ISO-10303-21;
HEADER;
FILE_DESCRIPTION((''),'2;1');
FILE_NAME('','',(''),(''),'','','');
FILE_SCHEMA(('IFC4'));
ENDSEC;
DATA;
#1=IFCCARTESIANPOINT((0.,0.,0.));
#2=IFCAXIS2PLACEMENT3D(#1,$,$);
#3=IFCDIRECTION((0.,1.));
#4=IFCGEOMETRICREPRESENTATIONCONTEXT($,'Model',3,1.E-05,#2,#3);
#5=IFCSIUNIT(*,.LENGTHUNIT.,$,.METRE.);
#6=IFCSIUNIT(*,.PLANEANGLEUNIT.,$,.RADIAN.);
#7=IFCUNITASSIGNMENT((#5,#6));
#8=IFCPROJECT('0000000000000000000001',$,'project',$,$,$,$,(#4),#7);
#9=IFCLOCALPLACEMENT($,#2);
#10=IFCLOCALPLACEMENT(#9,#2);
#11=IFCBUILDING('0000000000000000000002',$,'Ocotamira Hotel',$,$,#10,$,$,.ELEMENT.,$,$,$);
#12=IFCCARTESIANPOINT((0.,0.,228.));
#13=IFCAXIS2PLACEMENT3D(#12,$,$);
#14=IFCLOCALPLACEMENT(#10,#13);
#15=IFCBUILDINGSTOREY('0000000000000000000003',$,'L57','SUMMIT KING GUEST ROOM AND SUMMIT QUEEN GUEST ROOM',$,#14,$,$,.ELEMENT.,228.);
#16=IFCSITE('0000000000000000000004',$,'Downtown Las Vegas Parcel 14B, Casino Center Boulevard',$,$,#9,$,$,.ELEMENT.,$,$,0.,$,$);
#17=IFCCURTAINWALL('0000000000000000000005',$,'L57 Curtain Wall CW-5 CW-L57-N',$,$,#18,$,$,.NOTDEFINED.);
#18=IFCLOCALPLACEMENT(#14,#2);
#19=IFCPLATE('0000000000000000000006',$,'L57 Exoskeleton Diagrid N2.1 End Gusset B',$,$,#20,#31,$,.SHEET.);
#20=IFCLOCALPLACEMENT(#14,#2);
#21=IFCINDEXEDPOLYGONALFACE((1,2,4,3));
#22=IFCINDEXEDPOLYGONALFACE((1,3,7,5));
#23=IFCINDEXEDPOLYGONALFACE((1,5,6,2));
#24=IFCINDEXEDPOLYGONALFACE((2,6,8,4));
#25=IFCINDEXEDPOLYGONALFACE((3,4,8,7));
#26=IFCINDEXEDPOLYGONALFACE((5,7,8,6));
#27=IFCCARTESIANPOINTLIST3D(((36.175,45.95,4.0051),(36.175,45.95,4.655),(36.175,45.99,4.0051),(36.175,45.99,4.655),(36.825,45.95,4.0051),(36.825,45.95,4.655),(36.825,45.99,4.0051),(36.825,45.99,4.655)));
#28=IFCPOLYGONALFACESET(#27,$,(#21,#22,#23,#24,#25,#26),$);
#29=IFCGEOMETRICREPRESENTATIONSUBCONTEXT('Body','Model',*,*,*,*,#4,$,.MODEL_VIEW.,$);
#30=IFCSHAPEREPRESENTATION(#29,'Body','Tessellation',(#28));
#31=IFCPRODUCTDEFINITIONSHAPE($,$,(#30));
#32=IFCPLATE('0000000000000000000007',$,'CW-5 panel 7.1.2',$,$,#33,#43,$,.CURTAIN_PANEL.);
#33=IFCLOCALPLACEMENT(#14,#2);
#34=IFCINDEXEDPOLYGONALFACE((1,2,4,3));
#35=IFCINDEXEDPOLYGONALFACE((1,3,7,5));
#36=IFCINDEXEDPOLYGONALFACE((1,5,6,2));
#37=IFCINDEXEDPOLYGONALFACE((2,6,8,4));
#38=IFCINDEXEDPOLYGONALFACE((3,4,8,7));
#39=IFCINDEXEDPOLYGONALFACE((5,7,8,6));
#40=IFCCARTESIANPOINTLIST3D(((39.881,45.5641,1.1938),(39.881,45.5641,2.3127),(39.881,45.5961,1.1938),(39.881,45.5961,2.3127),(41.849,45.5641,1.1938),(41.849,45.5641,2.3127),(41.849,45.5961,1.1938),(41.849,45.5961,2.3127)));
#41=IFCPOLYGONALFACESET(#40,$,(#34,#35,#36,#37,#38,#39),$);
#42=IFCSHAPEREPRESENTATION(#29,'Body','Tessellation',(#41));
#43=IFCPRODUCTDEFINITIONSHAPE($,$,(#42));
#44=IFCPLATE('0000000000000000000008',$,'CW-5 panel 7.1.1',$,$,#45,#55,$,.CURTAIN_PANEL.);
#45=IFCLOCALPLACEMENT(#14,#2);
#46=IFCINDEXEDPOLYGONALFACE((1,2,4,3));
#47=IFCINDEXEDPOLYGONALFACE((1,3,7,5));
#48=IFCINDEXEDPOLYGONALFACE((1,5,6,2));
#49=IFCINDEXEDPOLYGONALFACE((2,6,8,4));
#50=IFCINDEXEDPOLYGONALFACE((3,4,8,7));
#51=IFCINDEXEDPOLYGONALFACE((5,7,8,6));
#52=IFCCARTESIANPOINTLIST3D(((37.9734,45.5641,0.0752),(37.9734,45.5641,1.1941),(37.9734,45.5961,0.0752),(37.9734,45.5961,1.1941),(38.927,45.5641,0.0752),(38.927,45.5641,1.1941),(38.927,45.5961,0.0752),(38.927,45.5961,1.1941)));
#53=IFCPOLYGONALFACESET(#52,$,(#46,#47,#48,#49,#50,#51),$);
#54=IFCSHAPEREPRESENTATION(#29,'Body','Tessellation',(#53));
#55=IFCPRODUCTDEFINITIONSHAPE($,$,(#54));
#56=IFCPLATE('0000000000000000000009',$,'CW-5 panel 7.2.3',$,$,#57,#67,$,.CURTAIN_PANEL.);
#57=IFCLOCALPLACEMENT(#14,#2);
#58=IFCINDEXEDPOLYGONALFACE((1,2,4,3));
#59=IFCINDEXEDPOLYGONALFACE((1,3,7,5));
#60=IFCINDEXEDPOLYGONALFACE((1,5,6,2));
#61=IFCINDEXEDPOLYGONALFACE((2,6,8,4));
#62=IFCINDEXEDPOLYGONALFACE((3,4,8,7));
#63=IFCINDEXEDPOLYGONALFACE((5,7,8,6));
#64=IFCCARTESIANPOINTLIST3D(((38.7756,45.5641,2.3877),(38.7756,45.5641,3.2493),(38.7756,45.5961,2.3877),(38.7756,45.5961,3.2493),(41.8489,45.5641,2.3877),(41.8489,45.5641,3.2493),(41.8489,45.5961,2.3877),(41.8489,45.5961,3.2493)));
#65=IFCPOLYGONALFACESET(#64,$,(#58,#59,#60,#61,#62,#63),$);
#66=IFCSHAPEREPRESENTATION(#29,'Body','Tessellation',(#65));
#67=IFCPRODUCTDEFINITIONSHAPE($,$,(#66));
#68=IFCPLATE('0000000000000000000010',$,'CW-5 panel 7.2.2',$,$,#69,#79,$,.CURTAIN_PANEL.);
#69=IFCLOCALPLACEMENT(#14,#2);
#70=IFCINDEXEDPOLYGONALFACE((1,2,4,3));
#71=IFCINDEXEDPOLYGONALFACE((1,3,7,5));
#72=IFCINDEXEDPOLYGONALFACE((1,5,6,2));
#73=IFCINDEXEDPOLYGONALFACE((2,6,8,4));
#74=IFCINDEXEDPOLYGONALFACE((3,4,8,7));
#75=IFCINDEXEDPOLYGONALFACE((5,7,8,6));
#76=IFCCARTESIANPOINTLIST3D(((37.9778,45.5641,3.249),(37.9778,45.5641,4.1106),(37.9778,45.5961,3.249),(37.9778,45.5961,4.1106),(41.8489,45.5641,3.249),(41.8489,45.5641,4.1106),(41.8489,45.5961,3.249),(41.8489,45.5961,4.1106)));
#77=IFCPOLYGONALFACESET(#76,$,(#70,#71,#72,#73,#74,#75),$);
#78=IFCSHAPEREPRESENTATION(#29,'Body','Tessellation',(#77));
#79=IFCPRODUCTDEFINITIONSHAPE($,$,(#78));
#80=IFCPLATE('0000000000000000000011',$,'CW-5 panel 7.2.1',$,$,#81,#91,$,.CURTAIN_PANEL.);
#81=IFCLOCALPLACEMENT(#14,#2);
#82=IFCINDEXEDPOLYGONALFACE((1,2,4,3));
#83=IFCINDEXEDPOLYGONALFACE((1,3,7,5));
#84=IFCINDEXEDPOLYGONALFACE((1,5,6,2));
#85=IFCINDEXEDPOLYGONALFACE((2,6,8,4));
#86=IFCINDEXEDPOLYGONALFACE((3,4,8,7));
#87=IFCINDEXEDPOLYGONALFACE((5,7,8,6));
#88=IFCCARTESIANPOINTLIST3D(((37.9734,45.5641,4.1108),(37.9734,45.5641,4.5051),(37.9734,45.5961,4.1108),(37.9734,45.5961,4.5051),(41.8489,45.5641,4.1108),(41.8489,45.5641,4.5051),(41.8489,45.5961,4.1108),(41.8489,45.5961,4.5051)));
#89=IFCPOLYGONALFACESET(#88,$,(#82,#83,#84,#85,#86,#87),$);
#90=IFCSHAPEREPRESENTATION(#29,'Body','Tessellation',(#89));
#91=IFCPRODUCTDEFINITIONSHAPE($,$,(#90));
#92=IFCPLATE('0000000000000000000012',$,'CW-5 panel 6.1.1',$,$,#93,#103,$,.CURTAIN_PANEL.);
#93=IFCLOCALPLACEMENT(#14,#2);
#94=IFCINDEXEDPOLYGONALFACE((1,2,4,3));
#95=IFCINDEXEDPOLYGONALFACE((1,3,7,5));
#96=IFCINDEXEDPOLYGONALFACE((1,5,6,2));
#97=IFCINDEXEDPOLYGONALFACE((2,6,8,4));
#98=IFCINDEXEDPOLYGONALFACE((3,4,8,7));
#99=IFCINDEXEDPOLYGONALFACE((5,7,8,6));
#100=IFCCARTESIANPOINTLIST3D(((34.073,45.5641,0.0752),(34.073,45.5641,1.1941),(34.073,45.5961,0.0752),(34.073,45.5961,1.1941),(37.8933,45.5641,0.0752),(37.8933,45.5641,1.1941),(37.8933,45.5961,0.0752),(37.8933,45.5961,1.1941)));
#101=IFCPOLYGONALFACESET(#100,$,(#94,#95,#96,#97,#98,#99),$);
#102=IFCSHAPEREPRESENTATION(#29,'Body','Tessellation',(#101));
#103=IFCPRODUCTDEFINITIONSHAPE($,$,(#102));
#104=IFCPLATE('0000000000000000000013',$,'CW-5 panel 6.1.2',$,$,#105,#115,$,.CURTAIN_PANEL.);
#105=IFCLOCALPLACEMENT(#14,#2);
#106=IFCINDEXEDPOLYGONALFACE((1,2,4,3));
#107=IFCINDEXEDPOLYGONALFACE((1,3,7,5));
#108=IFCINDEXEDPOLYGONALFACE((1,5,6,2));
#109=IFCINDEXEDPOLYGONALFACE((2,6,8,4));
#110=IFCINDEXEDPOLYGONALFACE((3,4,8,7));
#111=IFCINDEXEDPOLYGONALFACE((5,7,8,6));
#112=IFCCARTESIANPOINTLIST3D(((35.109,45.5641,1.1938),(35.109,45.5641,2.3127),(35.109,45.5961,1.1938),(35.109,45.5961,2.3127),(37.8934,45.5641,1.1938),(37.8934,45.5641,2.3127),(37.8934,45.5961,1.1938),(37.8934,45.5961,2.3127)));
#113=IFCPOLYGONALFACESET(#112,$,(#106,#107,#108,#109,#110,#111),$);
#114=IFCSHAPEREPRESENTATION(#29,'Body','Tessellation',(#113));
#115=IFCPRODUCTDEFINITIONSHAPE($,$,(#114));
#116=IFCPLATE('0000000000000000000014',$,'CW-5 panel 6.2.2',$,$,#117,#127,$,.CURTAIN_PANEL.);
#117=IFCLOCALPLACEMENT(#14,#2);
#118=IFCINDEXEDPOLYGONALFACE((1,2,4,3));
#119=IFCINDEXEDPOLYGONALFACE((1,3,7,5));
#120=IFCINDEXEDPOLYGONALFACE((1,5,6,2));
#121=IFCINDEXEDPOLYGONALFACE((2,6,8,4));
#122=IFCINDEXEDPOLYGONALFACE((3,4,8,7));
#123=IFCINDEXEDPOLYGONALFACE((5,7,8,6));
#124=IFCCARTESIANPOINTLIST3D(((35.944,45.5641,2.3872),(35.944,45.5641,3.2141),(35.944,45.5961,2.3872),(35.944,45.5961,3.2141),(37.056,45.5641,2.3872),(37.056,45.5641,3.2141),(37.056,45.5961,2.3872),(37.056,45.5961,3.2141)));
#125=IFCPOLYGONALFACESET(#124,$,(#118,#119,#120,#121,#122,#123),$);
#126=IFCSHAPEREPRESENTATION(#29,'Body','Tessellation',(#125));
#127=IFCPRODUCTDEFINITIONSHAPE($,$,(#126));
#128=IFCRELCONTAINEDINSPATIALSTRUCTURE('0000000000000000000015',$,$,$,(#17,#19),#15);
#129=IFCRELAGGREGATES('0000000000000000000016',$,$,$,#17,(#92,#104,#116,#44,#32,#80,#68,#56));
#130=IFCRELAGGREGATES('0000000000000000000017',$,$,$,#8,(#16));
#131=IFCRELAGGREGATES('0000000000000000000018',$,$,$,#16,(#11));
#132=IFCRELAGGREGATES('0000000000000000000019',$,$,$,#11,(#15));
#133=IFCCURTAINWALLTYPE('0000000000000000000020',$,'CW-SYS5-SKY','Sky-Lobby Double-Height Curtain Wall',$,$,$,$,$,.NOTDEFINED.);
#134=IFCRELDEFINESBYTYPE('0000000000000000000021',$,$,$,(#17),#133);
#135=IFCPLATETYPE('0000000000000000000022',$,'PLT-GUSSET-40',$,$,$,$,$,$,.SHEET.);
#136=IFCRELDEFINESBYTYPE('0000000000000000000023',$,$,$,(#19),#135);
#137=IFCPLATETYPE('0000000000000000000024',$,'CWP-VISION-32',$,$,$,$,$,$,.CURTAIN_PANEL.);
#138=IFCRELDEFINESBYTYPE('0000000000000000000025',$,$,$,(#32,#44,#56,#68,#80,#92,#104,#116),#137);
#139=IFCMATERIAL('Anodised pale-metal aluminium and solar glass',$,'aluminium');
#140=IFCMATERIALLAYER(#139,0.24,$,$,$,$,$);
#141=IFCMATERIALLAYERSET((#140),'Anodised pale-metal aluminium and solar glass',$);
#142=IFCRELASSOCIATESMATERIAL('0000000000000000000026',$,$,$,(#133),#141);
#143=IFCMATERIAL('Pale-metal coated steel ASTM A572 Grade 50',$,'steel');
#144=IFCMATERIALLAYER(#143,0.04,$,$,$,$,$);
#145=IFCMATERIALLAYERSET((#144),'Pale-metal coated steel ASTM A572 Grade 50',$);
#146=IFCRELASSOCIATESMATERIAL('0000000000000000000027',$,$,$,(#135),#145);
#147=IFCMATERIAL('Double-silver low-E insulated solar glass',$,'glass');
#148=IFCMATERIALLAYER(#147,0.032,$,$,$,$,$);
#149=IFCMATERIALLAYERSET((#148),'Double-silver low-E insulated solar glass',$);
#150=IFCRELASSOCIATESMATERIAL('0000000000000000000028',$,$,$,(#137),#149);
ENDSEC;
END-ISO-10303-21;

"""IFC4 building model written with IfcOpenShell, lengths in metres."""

from ifc_helpers import new_model, si_unit, direction, frame, origin, origin_2d, place, context, subcontext, project, spatial, rectangle, extrude, source, transform, mapped, material, layer, layer_set, type_object, element, aggregate, save


model = new_model("IFC4")

# Units and contexts
model_context = context("Model", 3, precision=1e-05, world=origin(), true_north=direction((0.0, 1.0)))
body_context = subcontext(model_context, "Body", "Model", "MODEL_VIEW")
ifc_project = project(units=[si_unit("LENGTHUNIT", "METRE"), si_unit("PLANEANGLEUNIT", "RADIAN")], contexts=[model_context])

# Site, building, storey
site_placement = place(None, origin())
site = spatial("IfcSite", under=ifc_project, at=site_placement, Name="Downtown Las Vegas Parcel 14B, Casino Center Boulevard", CompositionType="ELEMENT", RefElevation=0.0)
building_placement = place(site_placement, origin())
building = spatial("IfcBuilding", under=site, at=building_placement, Name="Ocotamira Hotel", CompositionType="ELEMENT")
storey_placement = place(building_placement, frame((0.0, 0.0, 228.0)))
storey = spatial("IfcBuildingStorey", under=building, at=storey_placement, Name="L57", Description="SUMMIT KING GUEST ROOM AND SUMMIT QUEEN GUEST ROOM", CompositionType="ELEMENT", Elevation=228.0)

# Curtain wall
ifc_material_1 = material(Name="Anodised pale-metal aluminium and solar glass", Category="aluminium")
ifc_layer_1 = layer(ifc_material_1, 0.24)
ifc_layer_set_1 = layer_set([ifc_layer_1], Name="Anodised pale-metal aluminium and solar glass")
curtain_wall_type = type_object("IfcCurtainWallType", Name="CW-SYS5-SKY", Description="Sky-Lobby Double-Height Curtain Wall", PredefinedType="NOTDEFINED", material=ifc_layer_set_1)
curtain_wall_placement = place(storey_placement, origin())
curtain_wall = element("IfcCurtainWall", 1, at=curtain_wall_placement, inside=storey, type_object=curtain_wall_type, Name="L57 Curtain Wall CW-5 CW-L57-N", PredefinedType="NOTDEFINED")

# Plates
ifc_material_2 = material(Name="Pale-metal coated steel ASTM A572 Grade 50", Category="steel")
ifc_layer_2 = layer(ifc_material_2, 0.04)
ifc_layer_set_2 = layer_set([ifc_layer_2], Name="Pale-metal coated steel ASTM A572 Grade 50")
plate_type_1 = type_object("IfcPlateType", Name="PLT-GUSSET-40", PredefinedType="SHEET", material=ifc_layer_set_2)
shared_shape_1 = source(origin(), body_context, "Body", "SweptSolid", [
    extrude(rectangle(XDim=0.6499, YDim=0.04, at=origin_2d()), origin(), (0.0, 0.0, 1.0), 0.6499),
])
plate_1_placement = place(storey_placement, frame((36.5, 45.97, 4.0051), z_axis=(0.0, 0.0, 1.0), x_axis=(1.0, 0.0, 0.0)))
element("IfcPlate", 2, at=plate_1_placement, inside=storey, type_object=plate_type_1, Name="L57 Exoskeleton Diagrid N2.1 End Gusset B", PredefinedType="SHEET", context=body_context, shape_type="MappedRepresentation", body=[
    mapped(shared_shape_1, transform((0.0, 0.0, 0.0), scale=1.0)),
])
ifc_material_3 = material(Name="Double-silver low-E insulated solar glass", Category="glass")
ifc_layer_3 = layer(ifc_material_3, 0.032)
ifc_layer_set_3 = layer_set([ifc_layer_3], Name="Double-silver low-E insulated solar glass")
plate_type_2 = type_object("IfcPlateType", Name="CWP-VISION-32", PredefinedType="CURTAIN_PANEL", material=ifc_layer_set_3)
shared_shape_2 = source(origin(), body_context, "Body", "SweptSolid", [
    extrude(rectangle(XDim=1.968, YDim=0.032, at=origin_2d()), origin(), (0.0, 0.0, 1.0), 1.1189),
])
plate_2_placement = place(storey_placement, frame((40.865, 45.5801, 1.1938), z_axis=(0.0, 0.0, 1.0), x_axis=(1.0, 0.0, 0.0)))
plate_2 = element("IfcPlate", 3, at=plate_2_placement, type_object=plate_type_2, Name="CW-5 panel 7.1.2", PredefinedType="CURTAIN_PANEL", context=body_context, shape_type="MappedRepresentation", body=[
    mapped(shared_shape_2, transform((0.0, 0.0, 0.0), scale=1.0)),
])
shared_shape_3 = source(origin(), body_context, "Body", "SweptSolid", [
    extrude(rectangle(XDim=0.9536, YDim=0.032, at=origin_2d()), origin(), (0.0, 0.0, 1.0), 1.1189),
])
plate_3_placement = place(storey_placement, frame((38.4502, 45.5801, 0.0752), z_axis=(0.0, 0.0, 1.0), x_axis=(1.0, 0.0, 0.0)))
plate_3 = element("IfcPlate", 4, at=plate_3_placement, type_object=plate_type_2, Name="CW-5 panel 7.1.1", PredefinedType="CURTAIN_PANEL", context=body_context, shape_type="MappedRepresentation", body=[
    mapped(shared_shape_3, transform((0.0, 0.0, 0.0), scale=1.0)),
])
shared_shape_4 = source(origin(), body_context, "Body", "SweptSolid", [
    extrude(rectangle(XDim=3.0732, YDim=0.032, at=origin_2d()), origin(), (0.0, 0.0, 1.0), 0.8616),
])
plate_4_placement = place(storey_placement, frame((40.3123, 45.5801, 2.3877), z_axis=(0.0, 0.0, 1.0), x_axis=(1.0, 0.0, 0.0)))
plate_4 = element("IfcPlate", 5, at=plate_4_placement, type_object=plate_type_2, Name="CW-5 panel 7.2.3", PredefinedType="CURTAIN_PANEL", context=body_context, shape_type="MappedRepresentation", body=[
    mapped(shared_shape_4, transform((0.0, 0.0, 0.0), scale=1.0)),
])
shared_shape_5 = source(origin(), body_context, "Body", "SweptSolid", [
    extrude(rectangle(XDim=3.8711, YDim=0.032, at=origin_2d()), origin(), (0.0, 0.0, 1.0), 0.8616),
])
plate_5_placement = place(storey_placement, frame((39.9133, 45.5801, 3.249), z_axis=(0.0, 0.0, 1.0), x_axis=(1.0, 0.0, 0.0)))
plate_5 = element("IfcPlate", 6, at=plate_5_placement, type_object=plate_type_2, Name="CW-5 panel 7.2.2", PredefinedType="CURTAIN_PANEL", context=body_context, shape_type="MappedRepresentation", body=[
    mapped(shared_shape_5, transform((0.0, 0.0, 0.0), scale=1.0)),
])
shared_shape_6 = source(origin(), body_context, "Body", "SweptSolid", [
    extrude(rectangle(XDim=3.8755, YDim=0.032, at=origin_2d()), origin(), (0.0, 0.0, 1.0), 0.3943),
])
plate_6_placement = place(storey_placement, frame((39.9111, 45.5801, 4.1108), z_axis=(0.0, 0.0, 1.0), x_axis=(1.0, 0.0, 0.0)))
plate_6 = element("IfcPlate", 7, at=plate_6_placement, type_object=plate_type_2, Name="CW-5 panel 7.2.1", PredefinedType="CURTAIN_PANEL", context=body_context, shape_type="MappedRepresentation", body=[
    mapped(shared_shape_6, transform((0.0, 0.0, 0.0), scale=1.0)),
])
shared_shape_7 = source(origin(), body_context, "Body", "SweptSolid", [
    extrude(rectangle(XDim=3.8203, YDim=0.032, at=origin_2d()), origin(), (0.0, 0.0, 1.0), 1.1189),
])
plate_7_placement = place(storey_placement, frame((35.9832, 45.5801, 0.0752), z_axis=(0.0, 0.0, 1.0), x_axis=(1.0, 0.0, 0.0)))
plate_7 = element("IfcPlate", 8, at=plate_7_placement, type_object=plate_type_2, Name="CW-5 panel 6.1.1", PredefinedType="CURTAIN_PANEL", context=body_context, shape_type="MappedRepresentation", body=[
    mapped(shared_shape_7, transform((0.0, 0.0, 0.0), scale=1.0)),
])
shared_shape_8 = source(origin(), body_context, "Body", "SweptSolid", [
    extrude(rectangle(XDim=2.7844, YDim=0.032, at=origin_2d()), origin(), (0.0, 0.0, 1.0), 1.1189),
])
plate_8_placement = place(storey_placement, frame((36.5012, 45.5801, 1.1938), z_axis=(0.0, 0.0, 1.0), x_axis=(1.0, 0.0, 0.0)))
plate_8 = element("IfcPlate", 9, at=plate_8_placement, type_object=plate_type_2, Name="CW-5 panel 6.1.2", PredefinedType="CURTAIN_PANEL", context=body_context, shape_type="MappedRepresentation", body=[
    mapped(shared_shape_8, transform((0.0, 0.0, 0.0), scale=1.0)),
])
shared_shape_9 = source(origin(), body_context, "Body", "SweptSolid", [
    extrude(rectangle(XDim=1.1121, YDim=0.032, at=origin_2d()), origin(), (0.0, 0.0, 1.0), 0.8269),
])
plate_9_placement = place(storey_placement, frame((36.5, 45.5801, 2.3872), z_axis=(0.0, 0.0, 1.0), x_axis=(1.0, 0.0, 0.0)))
plate_9 = element("IfcPlate", 10, at=plate_9_placement, type_object=plate_type_2, Name="CW-5 panel 6.2.2", PredefinedType="CURTAIN_PANEL", context=body_context, shape_type="MappedRepresentation", body=[
    mapped(shared_shape_9, transform((0.0, 0.0, 0.0), scale=1.0)),
])
aggregate(curtain_wall, [plate_7, plate_8, plate_9, plate_3, plate_2, plate_6, plate_5, plate_4])

save(model, "model.ifc")
